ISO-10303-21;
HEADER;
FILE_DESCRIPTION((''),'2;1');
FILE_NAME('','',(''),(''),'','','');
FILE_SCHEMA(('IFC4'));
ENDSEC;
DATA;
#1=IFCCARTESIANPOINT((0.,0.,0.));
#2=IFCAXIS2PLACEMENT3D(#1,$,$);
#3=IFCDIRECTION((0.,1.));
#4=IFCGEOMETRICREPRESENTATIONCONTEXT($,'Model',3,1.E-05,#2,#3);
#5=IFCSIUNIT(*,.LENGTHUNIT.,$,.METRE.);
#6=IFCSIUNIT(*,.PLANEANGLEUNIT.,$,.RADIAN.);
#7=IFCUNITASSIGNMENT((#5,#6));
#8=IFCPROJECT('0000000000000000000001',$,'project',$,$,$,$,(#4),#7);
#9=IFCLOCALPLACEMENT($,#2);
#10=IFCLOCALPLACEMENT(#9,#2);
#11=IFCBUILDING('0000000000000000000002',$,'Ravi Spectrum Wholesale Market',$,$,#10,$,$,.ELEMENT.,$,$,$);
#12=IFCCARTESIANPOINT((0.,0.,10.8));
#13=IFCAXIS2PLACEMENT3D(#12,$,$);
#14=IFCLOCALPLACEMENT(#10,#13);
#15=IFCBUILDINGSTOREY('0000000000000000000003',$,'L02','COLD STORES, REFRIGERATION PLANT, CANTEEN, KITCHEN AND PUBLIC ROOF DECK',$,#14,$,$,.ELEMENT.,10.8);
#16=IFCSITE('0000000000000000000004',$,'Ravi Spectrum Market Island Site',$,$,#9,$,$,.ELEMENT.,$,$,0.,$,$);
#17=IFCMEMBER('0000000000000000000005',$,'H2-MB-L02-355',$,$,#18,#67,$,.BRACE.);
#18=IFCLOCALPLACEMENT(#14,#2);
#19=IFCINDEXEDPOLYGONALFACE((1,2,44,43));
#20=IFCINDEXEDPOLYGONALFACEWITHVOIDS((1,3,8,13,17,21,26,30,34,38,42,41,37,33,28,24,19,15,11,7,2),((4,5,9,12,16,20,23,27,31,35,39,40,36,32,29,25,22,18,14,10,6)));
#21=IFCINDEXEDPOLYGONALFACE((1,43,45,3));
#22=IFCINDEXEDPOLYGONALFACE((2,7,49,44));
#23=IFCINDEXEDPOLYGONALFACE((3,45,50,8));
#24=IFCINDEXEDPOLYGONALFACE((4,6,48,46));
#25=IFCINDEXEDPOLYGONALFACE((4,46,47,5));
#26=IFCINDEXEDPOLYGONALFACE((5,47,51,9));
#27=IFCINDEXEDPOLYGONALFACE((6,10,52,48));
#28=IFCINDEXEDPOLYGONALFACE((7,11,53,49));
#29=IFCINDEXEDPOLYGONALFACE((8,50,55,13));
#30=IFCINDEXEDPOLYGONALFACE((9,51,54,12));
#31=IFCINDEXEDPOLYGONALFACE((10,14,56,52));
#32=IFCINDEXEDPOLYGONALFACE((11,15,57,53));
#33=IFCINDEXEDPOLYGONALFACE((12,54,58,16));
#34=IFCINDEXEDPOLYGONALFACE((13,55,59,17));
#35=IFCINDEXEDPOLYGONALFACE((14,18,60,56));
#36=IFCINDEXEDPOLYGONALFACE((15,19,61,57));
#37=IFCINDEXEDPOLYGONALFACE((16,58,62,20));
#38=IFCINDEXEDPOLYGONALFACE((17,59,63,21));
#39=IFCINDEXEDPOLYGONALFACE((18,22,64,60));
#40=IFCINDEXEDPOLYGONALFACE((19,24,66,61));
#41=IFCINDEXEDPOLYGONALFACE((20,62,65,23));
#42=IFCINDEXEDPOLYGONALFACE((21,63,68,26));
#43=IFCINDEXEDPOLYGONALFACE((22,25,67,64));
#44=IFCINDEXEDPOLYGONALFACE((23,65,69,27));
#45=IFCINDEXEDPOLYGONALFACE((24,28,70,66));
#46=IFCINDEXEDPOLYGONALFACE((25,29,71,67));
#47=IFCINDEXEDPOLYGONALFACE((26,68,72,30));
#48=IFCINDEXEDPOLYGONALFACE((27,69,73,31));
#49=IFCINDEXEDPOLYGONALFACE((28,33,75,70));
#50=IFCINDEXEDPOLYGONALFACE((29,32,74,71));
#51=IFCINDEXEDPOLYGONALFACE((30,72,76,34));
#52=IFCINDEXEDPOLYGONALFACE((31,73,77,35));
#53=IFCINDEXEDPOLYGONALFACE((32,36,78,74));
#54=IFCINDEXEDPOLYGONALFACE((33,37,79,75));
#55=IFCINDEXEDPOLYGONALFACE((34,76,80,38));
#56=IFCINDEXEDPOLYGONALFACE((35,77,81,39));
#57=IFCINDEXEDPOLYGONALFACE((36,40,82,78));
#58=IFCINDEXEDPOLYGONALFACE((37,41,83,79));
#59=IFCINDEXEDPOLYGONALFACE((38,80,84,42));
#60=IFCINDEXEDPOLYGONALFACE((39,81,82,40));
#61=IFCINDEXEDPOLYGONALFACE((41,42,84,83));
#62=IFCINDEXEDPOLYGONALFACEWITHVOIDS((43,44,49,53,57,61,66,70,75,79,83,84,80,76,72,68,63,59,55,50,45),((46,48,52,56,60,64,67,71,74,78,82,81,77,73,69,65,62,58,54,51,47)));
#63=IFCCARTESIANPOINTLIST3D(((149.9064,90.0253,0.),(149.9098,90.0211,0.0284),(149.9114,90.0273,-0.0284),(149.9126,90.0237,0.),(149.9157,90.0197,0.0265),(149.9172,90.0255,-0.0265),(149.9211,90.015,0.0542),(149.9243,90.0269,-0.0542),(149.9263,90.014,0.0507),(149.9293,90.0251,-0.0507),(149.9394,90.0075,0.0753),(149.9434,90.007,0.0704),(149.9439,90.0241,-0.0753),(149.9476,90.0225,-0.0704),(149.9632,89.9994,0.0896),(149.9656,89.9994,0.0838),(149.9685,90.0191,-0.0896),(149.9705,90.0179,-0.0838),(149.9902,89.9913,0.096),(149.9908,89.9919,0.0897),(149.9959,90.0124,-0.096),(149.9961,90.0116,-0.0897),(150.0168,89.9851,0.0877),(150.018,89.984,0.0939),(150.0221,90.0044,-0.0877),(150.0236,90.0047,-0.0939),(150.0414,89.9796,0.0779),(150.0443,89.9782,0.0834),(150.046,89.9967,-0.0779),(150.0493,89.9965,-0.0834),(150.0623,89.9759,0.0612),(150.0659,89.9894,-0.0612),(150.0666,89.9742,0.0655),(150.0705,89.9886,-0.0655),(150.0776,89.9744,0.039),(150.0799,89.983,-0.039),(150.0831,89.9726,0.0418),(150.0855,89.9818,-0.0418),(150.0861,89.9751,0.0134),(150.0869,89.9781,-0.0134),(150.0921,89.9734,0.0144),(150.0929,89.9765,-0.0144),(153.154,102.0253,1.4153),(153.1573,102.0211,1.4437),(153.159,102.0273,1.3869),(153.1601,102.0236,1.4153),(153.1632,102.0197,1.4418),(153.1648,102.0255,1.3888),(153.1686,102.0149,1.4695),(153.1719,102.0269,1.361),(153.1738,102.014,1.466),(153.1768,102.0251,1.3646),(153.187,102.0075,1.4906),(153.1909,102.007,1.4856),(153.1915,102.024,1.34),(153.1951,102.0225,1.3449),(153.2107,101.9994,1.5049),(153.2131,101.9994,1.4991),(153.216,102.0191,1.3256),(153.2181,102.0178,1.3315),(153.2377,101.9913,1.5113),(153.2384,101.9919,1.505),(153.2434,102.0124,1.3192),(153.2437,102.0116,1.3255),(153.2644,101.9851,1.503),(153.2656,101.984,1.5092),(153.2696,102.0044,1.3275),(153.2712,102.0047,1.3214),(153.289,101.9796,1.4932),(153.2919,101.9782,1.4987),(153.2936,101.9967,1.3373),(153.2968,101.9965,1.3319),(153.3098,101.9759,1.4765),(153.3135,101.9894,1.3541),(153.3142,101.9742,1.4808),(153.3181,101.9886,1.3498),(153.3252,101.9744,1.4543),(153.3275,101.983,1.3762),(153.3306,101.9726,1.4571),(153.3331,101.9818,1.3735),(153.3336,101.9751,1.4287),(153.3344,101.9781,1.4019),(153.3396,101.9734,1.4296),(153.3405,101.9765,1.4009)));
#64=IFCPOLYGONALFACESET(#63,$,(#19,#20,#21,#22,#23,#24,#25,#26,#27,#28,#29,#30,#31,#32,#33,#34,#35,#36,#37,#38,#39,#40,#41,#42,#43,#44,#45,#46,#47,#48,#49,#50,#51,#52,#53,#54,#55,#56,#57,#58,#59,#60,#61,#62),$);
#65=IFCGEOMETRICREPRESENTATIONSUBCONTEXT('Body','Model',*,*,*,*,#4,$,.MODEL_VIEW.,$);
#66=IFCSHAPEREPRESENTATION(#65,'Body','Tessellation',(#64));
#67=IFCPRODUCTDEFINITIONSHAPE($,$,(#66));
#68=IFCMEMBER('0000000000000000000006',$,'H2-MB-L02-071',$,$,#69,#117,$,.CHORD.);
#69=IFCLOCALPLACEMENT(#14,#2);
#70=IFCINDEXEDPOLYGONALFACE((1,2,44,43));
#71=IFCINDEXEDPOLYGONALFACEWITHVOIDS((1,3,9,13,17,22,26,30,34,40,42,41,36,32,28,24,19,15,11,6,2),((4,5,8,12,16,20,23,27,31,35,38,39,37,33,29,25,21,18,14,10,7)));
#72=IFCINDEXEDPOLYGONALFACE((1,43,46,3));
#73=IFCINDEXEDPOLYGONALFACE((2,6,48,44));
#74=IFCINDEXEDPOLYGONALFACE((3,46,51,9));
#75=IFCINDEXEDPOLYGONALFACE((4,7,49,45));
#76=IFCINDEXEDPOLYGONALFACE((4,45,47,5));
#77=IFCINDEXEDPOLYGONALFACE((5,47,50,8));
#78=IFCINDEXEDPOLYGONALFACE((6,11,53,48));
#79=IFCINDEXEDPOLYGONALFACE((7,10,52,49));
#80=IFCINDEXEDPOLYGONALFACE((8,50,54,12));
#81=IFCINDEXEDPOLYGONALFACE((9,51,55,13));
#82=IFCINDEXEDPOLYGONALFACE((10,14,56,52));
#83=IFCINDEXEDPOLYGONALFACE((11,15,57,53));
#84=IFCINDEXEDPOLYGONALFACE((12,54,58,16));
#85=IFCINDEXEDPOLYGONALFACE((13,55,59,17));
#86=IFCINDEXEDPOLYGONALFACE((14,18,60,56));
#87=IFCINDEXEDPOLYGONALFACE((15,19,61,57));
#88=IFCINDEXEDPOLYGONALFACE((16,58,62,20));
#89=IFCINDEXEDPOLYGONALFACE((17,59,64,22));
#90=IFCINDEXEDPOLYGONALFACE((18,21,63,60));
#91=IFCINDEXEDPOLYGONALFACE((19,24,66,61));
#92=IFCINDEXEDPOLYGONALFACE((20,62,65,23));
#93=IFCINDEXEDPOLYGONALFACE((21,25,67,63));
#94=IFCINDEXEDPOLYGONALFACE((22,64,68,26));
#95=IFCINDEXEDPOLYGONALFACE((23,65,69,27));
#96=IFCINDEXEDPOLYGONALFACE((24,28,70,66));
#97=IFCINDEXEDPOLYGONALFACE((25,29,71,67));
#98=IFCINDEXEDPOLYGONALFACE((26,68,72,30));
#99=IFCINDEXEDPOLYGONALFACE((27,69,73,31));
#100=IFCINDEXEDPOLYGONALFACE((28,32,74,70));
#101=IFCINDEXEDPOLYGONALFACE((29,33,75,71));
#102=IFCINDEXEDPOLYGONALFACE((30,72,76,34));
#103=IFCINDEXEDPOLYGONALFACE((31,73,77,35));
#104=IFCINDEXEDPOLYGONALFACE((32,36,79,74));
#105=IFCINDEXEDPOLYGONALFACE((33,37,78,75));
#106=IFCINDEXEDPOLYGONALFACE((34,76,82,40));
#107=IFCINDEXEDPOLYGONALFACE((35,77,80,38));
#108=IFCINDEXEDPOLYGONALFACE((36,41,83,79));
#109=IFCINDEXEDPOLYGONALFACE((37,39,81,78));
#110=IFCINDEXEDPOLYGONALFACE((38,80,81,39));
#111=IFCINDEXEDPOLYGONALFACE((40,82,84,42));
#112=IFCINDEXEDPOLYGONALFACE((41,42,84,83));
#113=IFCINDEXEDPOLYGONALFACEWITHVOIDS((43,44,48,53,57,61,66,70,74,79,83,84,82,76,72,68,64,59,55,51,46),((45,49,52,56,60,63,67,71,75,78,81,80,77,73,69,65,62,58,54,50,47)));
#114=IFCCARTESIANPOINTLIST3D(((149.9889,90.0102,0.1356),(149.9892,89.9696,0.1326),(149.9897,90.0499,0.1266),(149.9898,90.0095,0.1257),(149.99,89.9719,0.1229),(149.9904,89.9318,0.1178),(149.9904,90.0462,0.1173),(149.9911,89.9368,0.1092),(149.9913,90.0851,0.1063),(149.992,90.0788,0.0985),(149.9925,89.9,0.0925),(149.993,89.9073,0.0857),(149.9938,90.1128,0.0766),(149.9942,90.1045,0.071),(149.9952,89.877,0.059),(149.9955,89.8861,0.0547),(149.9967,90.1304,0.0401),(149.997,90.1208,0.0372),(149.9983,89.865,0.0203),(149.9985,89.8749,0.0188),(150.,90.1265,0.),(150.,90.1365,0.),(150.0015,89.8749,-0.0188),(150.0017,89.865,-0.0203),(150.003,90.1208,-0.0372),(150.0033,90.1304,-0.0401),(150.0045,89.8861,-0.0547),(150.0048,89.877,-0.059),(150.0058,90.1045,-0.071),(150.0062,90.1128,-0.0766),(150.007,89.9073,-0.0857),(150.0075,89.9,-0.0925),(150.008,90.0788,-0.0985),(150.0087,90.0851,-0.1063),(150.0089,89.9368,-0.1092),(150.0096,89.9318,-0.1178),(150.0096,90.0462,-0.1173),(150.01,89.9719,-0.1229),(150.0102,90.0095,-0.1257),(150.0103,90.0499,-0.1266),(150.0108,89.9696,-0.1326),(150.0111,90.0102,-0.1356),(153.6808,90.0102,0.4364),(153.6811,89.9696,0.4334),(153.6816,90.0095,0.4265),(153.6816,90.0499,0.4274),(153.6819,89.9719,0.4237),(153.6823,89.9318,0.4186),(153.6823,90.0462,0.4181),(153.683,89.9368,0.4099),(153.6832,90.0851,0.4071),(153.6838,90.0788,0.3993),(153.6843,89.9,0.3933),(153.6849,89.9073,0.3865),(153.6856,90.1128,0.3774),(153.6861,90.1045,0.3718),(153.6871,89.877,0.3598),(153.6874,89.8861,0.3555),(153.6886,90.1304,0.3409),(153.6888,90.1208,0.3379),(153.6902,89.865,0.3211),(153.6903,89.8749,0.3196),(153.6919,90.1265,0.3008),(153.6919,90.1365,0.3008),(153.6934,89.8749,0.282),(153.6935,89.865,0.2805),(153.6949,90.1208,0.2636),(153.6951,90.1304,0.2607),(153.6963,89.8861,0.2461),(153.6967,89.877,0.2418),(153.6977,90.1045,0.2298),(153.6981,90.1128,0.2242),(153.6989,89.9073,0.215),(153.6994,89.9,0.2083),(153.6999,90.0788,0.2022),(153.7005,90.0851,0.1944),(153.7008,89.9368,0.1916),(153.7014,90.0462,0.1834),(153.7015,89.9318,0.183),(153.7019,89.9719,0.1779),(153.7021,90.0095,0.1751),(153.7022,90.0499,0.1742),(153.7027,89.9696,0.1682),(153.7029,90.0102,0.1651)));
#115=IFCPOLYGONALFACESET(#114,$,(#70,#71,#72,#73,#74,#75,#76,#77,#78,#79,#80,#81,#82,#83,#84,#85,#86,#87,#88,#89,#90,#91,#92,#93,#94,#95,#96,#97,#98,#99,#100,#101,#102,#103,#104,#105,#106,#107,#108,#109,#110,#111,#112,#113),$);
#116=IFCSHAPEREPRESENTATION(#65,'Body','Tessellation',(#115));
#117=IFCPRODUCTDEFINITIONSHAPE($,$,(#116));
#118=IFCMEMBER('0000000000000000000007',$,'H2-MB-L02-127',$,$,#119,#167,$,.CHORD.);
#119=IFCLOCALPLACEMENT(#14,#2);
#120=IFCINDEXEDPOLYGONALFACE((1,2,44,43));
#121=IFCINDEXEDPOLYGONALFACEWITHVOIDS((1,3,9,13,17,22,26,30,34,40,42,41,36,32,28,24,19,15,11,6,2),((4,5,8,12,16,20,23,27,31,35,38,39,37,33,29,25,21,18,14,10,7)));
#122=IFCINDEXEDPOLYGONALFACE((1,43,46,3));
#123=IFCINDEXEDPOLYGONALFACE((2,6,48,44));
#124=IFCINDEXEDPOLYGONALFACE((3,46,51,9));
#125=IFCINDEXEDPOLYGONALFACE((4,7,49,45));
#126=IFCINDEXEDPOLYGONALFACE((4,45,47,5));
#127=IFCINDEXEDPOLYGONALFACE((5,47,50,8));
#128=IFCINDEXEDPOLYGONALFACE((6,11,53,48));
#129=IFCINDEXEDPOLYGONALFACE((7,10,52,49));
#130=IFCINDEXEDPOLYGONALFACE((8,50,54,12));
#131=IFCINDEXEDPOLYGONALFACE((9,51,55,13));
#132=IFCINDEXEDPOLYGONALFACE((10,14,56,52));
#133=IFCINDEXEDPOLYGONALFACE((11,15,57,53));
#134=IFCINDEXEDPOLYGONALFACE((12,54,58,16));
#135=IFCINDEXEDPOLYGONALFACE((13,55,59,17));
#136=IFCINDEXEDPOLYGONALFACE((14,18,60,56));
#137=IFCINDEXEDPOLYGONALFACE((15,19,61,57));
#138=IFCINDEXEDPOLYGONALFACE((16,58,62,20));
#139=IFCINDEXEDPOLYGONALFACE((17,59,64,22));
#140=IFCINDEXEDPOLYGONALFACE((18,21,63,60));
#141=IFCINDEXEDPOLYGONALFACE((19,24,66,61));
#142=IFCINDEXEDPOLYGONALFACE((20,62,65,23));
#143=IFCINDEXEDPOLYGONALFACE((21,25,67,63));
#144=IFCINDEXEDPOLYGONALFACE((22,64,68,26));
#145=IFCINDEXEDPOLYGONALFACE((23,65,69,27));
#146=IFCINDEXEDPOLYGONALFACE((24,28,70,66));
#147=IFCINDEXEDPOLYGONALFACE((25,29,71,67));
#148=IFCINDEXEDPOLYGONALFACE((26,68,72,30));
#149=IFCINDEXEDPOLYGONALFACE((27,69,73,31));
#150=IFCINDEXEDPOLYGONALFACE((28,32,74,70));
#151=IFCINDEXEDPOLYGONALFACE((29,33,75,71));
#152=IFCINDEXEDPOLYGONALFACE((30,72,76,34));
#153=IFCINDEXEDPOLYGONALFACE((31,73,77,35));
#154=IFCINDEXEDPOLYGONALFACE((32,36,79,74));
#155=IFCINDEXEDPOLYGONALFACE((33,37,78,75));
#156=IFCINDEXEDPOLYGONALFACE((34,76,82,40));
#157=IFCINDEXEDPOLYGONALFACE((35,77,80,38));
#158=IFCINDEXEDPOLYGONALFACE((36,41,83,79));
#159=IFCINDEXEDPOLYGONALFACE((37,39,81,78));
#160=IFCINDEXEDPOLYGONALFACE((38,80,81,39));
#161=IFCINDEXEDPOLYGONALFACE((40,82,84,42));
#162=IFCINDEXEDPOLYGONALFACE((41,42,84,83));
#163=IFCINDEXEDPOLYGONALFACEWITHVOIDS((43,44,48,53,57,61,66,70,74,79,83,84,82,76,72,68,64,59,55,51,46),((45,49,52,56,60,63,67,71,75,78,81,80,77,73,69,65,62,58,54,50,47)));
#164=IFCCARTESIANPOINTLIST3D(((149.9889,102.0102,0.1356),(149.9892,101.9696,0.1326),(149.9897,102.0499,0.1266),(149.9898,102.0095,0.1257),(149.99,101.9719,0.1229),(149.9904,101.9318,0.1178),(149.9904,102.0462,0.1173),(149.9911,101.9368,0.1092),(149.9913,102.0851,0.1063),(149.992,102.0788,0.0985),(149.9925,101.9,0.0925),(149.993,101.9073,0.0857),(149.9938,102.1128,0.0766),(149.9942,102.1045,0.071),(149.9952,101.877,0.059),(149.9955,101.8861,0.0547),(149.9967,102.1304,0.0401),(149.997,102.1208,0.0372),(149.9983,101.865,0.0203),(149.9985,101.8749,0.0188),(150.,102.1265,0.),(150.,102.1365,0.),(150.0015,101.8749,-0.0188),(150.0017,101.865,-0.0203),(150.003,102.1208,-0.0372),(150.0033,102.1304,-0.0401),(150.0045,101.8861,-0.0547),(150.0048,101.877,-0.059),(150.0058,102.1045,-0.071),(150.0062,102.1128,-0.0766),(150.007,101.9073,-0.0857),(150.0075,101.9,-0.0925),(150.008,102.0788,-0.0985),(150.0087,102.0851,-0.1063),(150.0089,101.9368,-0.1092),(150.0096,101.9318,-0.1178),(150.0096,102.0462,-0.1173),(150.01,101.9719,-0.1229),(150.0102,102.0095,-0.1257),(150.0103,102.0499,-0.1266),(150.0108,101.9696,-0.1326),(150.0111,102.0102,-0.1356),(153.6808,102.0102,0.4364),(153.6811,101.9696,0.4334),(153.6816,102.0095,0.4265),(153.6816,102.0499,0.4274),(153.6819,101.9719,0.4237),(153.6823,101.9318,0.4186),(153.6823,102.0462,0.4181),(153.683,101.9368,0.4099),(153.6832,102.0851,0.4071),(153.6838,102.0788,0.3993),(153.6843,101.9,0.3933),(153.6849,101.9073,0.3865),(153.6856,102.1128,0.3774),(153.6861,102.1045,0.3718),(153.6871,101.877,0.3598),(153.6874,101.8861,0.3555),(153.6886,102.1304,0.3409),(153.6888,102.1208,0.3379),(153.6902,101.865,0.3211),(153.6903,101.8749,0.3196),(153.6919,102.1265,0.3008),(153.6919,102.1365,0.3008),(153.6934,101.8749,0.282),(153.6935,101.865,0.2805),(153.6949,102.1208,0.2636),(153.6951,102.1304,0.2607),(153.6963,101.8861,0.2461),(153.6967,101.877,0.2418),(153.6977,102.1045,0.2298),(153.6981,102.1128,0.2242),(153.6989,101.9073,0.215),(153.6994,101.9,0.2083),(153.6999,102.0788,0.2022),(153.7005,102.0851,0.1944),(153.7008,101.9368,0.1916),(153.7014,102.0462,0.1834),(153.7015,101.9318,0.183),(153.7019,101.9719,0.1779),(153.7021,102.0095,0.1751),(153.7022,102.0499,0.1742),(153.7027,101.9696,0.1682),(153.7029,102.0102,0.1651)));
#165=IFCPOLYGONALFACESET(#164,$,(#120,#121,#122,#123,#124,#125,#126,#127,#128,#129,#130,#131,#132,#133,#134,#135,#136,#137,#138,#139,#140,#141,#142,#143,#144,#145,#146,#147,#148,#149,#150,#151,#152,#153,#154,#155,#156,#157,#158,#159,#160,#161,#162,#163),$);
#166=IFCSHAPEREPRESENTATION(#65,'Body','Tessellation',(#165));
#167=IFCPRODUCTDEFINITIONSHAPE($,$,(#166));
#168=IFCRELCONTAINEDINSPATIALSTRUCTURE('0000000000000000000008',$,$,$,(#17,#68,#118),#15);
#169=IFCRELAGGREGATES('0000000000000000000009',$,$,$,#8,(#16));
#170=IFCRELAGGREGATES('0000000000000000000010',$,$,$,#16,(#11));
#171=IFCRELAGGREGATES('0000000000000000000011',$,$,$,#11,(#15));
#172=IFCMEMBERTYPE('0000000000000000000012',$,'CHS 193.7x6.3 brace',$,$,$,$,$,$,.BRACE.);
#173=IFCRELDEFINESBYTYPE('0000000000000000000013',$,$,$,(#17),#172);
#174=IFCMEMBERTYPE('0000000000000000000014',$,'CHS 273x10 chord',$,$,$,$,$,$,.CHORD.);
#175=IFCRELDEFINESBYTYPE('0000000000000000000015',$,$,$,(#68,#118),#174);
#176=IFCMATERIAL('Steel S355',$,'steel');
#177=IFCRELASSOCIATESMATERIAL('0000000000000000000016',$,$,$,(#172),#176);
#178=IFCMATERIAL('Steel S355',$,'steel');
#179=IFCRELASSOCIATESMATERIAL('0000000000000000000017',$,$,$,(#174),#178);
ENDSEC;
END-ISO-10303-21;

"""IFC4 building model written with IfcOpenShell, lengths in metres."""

from ifc_helpers import new_model, si_unit, direction, frame, origin, origin_2d, place, context, subcontext, project, spatial, hollow_circle, extrude, material, material_profile, profile_set, type_object, element, save


model = new_model("IFC4")

# Units and contexts
model_context = context("Model", 3, precision=1e-05, world=origin(), true_north=direction((0.0, 1.0)))
body_context = subcontext(model_context, "Body", "Model", "MODEL_VIEW")
ifc_project = project(units=[si_unit("LENGTHUNIT", "METRE"), si_unit("PLANEANGLEUNIT", "RADIAN")], contexts=[model_context])

# Site, building, storey
site_placement = place(None, origin())
site = spatial("IfcSite", under=ifc_project, at=site_placement, Name="Ravi Spectrum Market Island Site", CompositionType="ELEMENT", RefElevation=0.0)
building_placement = place(site_placement, origin())
building = spatial("IfcBuilding", under=site, at=building_placement, Name="Ravi Spectrum Wholesale Market", CompositionType="ELEMENT")
storey_placement = place(building_placement, frame((0.0, 0.0, 10.8)))
storey = spatial("IfcBuildingStorey", under=building, at=storey_placement, Name="L02", Description="COLD STORES, REFRIGERATION PLANT, CANTEEN, KITCHEN AND PUBLIC ROOF DECK", CompositionType="ELEMENT", Elevation=10.8)

# Members
ifc_material_1 = material(Name="Steel S355", Category="steel")
ifc_material_profile_1 = material_profile(ifc_material_1, hollow_circle(Radius=0.0969, WallThickness=0.0063, at=origin_2d()))
ifc_profile_set_1 = profile_set([ifc_material_profile_1], Name="Steel S355")
member_type_1 = type_object("IfcMemberType", Name="CHS 193.7x6.3 brace", PredefinedType="BRACE", material=ifc_profile_set_1)
member_placement = place(storey_placement, frame((150.0, 90.0, 0.0), z_axis=(0.259556, 0.959081, 0.113114), x_axis=(-0.965276, 0.261233, 0.0)))
element("IfcMember", 1, at=member_placement, inside=storey, type_object=member_type_1, Name="H2-MB-L02-355", PredefinedType="BRACE", context=body_context, shape_type="SweptSolid", body=[
    extrude(hollow_circle(Radius=0.0969, WallThickness=0.0063, at=origin_2d()), origin(), (0.0, 0.0, 1.0), 12.512),
])
ifc_material_2 = material(Name="Steel S355", Category="steel")
ifc_material_profile_2 = material_profile(ifc_material_2, hollow_circle(Radius=0.1365, WallThickness=0.01, at=origin_2d()))
ifc_profile_set_2 = profile_set([ifc_material_profile_2], Name="Steel S355")
member_type_2 = type_object("IfcMemberType", Name="CHS 273x10 chord", PredefinedType="CHORD", material=ifc_profile_set_2)
for number, where, z_axis, x_axis, name in (
    (2, (150.0, 90.0, 0.0), (0.996698, 0.0, 0.081202), (0.0, 1.0, 0.0), "H2-MB-L02-071"),
    (3, (150.0, 102.0, 0.0), (0.996698, 0.0, 0.081202), (0.0, 1.0, 0.0), "H2-MB-L02-127"),
):
    element("IfcMember", number, at=place(storey_placement, frame(where, z_axis=z_axis, x_axis=x_axis)), inside=storey, type_object=member_type_2, Name=name, PredefinedType="CHORD", context=body_context, shape_type="SweptSolid", body=[
        extrude(hollow_circle(Radius=0.1365, WallThickness=0.01, at=origin_2d()), origin(), (0.0, 0.0, 1.0), 3.7041),
    ])

save(model, "model.ifc")
